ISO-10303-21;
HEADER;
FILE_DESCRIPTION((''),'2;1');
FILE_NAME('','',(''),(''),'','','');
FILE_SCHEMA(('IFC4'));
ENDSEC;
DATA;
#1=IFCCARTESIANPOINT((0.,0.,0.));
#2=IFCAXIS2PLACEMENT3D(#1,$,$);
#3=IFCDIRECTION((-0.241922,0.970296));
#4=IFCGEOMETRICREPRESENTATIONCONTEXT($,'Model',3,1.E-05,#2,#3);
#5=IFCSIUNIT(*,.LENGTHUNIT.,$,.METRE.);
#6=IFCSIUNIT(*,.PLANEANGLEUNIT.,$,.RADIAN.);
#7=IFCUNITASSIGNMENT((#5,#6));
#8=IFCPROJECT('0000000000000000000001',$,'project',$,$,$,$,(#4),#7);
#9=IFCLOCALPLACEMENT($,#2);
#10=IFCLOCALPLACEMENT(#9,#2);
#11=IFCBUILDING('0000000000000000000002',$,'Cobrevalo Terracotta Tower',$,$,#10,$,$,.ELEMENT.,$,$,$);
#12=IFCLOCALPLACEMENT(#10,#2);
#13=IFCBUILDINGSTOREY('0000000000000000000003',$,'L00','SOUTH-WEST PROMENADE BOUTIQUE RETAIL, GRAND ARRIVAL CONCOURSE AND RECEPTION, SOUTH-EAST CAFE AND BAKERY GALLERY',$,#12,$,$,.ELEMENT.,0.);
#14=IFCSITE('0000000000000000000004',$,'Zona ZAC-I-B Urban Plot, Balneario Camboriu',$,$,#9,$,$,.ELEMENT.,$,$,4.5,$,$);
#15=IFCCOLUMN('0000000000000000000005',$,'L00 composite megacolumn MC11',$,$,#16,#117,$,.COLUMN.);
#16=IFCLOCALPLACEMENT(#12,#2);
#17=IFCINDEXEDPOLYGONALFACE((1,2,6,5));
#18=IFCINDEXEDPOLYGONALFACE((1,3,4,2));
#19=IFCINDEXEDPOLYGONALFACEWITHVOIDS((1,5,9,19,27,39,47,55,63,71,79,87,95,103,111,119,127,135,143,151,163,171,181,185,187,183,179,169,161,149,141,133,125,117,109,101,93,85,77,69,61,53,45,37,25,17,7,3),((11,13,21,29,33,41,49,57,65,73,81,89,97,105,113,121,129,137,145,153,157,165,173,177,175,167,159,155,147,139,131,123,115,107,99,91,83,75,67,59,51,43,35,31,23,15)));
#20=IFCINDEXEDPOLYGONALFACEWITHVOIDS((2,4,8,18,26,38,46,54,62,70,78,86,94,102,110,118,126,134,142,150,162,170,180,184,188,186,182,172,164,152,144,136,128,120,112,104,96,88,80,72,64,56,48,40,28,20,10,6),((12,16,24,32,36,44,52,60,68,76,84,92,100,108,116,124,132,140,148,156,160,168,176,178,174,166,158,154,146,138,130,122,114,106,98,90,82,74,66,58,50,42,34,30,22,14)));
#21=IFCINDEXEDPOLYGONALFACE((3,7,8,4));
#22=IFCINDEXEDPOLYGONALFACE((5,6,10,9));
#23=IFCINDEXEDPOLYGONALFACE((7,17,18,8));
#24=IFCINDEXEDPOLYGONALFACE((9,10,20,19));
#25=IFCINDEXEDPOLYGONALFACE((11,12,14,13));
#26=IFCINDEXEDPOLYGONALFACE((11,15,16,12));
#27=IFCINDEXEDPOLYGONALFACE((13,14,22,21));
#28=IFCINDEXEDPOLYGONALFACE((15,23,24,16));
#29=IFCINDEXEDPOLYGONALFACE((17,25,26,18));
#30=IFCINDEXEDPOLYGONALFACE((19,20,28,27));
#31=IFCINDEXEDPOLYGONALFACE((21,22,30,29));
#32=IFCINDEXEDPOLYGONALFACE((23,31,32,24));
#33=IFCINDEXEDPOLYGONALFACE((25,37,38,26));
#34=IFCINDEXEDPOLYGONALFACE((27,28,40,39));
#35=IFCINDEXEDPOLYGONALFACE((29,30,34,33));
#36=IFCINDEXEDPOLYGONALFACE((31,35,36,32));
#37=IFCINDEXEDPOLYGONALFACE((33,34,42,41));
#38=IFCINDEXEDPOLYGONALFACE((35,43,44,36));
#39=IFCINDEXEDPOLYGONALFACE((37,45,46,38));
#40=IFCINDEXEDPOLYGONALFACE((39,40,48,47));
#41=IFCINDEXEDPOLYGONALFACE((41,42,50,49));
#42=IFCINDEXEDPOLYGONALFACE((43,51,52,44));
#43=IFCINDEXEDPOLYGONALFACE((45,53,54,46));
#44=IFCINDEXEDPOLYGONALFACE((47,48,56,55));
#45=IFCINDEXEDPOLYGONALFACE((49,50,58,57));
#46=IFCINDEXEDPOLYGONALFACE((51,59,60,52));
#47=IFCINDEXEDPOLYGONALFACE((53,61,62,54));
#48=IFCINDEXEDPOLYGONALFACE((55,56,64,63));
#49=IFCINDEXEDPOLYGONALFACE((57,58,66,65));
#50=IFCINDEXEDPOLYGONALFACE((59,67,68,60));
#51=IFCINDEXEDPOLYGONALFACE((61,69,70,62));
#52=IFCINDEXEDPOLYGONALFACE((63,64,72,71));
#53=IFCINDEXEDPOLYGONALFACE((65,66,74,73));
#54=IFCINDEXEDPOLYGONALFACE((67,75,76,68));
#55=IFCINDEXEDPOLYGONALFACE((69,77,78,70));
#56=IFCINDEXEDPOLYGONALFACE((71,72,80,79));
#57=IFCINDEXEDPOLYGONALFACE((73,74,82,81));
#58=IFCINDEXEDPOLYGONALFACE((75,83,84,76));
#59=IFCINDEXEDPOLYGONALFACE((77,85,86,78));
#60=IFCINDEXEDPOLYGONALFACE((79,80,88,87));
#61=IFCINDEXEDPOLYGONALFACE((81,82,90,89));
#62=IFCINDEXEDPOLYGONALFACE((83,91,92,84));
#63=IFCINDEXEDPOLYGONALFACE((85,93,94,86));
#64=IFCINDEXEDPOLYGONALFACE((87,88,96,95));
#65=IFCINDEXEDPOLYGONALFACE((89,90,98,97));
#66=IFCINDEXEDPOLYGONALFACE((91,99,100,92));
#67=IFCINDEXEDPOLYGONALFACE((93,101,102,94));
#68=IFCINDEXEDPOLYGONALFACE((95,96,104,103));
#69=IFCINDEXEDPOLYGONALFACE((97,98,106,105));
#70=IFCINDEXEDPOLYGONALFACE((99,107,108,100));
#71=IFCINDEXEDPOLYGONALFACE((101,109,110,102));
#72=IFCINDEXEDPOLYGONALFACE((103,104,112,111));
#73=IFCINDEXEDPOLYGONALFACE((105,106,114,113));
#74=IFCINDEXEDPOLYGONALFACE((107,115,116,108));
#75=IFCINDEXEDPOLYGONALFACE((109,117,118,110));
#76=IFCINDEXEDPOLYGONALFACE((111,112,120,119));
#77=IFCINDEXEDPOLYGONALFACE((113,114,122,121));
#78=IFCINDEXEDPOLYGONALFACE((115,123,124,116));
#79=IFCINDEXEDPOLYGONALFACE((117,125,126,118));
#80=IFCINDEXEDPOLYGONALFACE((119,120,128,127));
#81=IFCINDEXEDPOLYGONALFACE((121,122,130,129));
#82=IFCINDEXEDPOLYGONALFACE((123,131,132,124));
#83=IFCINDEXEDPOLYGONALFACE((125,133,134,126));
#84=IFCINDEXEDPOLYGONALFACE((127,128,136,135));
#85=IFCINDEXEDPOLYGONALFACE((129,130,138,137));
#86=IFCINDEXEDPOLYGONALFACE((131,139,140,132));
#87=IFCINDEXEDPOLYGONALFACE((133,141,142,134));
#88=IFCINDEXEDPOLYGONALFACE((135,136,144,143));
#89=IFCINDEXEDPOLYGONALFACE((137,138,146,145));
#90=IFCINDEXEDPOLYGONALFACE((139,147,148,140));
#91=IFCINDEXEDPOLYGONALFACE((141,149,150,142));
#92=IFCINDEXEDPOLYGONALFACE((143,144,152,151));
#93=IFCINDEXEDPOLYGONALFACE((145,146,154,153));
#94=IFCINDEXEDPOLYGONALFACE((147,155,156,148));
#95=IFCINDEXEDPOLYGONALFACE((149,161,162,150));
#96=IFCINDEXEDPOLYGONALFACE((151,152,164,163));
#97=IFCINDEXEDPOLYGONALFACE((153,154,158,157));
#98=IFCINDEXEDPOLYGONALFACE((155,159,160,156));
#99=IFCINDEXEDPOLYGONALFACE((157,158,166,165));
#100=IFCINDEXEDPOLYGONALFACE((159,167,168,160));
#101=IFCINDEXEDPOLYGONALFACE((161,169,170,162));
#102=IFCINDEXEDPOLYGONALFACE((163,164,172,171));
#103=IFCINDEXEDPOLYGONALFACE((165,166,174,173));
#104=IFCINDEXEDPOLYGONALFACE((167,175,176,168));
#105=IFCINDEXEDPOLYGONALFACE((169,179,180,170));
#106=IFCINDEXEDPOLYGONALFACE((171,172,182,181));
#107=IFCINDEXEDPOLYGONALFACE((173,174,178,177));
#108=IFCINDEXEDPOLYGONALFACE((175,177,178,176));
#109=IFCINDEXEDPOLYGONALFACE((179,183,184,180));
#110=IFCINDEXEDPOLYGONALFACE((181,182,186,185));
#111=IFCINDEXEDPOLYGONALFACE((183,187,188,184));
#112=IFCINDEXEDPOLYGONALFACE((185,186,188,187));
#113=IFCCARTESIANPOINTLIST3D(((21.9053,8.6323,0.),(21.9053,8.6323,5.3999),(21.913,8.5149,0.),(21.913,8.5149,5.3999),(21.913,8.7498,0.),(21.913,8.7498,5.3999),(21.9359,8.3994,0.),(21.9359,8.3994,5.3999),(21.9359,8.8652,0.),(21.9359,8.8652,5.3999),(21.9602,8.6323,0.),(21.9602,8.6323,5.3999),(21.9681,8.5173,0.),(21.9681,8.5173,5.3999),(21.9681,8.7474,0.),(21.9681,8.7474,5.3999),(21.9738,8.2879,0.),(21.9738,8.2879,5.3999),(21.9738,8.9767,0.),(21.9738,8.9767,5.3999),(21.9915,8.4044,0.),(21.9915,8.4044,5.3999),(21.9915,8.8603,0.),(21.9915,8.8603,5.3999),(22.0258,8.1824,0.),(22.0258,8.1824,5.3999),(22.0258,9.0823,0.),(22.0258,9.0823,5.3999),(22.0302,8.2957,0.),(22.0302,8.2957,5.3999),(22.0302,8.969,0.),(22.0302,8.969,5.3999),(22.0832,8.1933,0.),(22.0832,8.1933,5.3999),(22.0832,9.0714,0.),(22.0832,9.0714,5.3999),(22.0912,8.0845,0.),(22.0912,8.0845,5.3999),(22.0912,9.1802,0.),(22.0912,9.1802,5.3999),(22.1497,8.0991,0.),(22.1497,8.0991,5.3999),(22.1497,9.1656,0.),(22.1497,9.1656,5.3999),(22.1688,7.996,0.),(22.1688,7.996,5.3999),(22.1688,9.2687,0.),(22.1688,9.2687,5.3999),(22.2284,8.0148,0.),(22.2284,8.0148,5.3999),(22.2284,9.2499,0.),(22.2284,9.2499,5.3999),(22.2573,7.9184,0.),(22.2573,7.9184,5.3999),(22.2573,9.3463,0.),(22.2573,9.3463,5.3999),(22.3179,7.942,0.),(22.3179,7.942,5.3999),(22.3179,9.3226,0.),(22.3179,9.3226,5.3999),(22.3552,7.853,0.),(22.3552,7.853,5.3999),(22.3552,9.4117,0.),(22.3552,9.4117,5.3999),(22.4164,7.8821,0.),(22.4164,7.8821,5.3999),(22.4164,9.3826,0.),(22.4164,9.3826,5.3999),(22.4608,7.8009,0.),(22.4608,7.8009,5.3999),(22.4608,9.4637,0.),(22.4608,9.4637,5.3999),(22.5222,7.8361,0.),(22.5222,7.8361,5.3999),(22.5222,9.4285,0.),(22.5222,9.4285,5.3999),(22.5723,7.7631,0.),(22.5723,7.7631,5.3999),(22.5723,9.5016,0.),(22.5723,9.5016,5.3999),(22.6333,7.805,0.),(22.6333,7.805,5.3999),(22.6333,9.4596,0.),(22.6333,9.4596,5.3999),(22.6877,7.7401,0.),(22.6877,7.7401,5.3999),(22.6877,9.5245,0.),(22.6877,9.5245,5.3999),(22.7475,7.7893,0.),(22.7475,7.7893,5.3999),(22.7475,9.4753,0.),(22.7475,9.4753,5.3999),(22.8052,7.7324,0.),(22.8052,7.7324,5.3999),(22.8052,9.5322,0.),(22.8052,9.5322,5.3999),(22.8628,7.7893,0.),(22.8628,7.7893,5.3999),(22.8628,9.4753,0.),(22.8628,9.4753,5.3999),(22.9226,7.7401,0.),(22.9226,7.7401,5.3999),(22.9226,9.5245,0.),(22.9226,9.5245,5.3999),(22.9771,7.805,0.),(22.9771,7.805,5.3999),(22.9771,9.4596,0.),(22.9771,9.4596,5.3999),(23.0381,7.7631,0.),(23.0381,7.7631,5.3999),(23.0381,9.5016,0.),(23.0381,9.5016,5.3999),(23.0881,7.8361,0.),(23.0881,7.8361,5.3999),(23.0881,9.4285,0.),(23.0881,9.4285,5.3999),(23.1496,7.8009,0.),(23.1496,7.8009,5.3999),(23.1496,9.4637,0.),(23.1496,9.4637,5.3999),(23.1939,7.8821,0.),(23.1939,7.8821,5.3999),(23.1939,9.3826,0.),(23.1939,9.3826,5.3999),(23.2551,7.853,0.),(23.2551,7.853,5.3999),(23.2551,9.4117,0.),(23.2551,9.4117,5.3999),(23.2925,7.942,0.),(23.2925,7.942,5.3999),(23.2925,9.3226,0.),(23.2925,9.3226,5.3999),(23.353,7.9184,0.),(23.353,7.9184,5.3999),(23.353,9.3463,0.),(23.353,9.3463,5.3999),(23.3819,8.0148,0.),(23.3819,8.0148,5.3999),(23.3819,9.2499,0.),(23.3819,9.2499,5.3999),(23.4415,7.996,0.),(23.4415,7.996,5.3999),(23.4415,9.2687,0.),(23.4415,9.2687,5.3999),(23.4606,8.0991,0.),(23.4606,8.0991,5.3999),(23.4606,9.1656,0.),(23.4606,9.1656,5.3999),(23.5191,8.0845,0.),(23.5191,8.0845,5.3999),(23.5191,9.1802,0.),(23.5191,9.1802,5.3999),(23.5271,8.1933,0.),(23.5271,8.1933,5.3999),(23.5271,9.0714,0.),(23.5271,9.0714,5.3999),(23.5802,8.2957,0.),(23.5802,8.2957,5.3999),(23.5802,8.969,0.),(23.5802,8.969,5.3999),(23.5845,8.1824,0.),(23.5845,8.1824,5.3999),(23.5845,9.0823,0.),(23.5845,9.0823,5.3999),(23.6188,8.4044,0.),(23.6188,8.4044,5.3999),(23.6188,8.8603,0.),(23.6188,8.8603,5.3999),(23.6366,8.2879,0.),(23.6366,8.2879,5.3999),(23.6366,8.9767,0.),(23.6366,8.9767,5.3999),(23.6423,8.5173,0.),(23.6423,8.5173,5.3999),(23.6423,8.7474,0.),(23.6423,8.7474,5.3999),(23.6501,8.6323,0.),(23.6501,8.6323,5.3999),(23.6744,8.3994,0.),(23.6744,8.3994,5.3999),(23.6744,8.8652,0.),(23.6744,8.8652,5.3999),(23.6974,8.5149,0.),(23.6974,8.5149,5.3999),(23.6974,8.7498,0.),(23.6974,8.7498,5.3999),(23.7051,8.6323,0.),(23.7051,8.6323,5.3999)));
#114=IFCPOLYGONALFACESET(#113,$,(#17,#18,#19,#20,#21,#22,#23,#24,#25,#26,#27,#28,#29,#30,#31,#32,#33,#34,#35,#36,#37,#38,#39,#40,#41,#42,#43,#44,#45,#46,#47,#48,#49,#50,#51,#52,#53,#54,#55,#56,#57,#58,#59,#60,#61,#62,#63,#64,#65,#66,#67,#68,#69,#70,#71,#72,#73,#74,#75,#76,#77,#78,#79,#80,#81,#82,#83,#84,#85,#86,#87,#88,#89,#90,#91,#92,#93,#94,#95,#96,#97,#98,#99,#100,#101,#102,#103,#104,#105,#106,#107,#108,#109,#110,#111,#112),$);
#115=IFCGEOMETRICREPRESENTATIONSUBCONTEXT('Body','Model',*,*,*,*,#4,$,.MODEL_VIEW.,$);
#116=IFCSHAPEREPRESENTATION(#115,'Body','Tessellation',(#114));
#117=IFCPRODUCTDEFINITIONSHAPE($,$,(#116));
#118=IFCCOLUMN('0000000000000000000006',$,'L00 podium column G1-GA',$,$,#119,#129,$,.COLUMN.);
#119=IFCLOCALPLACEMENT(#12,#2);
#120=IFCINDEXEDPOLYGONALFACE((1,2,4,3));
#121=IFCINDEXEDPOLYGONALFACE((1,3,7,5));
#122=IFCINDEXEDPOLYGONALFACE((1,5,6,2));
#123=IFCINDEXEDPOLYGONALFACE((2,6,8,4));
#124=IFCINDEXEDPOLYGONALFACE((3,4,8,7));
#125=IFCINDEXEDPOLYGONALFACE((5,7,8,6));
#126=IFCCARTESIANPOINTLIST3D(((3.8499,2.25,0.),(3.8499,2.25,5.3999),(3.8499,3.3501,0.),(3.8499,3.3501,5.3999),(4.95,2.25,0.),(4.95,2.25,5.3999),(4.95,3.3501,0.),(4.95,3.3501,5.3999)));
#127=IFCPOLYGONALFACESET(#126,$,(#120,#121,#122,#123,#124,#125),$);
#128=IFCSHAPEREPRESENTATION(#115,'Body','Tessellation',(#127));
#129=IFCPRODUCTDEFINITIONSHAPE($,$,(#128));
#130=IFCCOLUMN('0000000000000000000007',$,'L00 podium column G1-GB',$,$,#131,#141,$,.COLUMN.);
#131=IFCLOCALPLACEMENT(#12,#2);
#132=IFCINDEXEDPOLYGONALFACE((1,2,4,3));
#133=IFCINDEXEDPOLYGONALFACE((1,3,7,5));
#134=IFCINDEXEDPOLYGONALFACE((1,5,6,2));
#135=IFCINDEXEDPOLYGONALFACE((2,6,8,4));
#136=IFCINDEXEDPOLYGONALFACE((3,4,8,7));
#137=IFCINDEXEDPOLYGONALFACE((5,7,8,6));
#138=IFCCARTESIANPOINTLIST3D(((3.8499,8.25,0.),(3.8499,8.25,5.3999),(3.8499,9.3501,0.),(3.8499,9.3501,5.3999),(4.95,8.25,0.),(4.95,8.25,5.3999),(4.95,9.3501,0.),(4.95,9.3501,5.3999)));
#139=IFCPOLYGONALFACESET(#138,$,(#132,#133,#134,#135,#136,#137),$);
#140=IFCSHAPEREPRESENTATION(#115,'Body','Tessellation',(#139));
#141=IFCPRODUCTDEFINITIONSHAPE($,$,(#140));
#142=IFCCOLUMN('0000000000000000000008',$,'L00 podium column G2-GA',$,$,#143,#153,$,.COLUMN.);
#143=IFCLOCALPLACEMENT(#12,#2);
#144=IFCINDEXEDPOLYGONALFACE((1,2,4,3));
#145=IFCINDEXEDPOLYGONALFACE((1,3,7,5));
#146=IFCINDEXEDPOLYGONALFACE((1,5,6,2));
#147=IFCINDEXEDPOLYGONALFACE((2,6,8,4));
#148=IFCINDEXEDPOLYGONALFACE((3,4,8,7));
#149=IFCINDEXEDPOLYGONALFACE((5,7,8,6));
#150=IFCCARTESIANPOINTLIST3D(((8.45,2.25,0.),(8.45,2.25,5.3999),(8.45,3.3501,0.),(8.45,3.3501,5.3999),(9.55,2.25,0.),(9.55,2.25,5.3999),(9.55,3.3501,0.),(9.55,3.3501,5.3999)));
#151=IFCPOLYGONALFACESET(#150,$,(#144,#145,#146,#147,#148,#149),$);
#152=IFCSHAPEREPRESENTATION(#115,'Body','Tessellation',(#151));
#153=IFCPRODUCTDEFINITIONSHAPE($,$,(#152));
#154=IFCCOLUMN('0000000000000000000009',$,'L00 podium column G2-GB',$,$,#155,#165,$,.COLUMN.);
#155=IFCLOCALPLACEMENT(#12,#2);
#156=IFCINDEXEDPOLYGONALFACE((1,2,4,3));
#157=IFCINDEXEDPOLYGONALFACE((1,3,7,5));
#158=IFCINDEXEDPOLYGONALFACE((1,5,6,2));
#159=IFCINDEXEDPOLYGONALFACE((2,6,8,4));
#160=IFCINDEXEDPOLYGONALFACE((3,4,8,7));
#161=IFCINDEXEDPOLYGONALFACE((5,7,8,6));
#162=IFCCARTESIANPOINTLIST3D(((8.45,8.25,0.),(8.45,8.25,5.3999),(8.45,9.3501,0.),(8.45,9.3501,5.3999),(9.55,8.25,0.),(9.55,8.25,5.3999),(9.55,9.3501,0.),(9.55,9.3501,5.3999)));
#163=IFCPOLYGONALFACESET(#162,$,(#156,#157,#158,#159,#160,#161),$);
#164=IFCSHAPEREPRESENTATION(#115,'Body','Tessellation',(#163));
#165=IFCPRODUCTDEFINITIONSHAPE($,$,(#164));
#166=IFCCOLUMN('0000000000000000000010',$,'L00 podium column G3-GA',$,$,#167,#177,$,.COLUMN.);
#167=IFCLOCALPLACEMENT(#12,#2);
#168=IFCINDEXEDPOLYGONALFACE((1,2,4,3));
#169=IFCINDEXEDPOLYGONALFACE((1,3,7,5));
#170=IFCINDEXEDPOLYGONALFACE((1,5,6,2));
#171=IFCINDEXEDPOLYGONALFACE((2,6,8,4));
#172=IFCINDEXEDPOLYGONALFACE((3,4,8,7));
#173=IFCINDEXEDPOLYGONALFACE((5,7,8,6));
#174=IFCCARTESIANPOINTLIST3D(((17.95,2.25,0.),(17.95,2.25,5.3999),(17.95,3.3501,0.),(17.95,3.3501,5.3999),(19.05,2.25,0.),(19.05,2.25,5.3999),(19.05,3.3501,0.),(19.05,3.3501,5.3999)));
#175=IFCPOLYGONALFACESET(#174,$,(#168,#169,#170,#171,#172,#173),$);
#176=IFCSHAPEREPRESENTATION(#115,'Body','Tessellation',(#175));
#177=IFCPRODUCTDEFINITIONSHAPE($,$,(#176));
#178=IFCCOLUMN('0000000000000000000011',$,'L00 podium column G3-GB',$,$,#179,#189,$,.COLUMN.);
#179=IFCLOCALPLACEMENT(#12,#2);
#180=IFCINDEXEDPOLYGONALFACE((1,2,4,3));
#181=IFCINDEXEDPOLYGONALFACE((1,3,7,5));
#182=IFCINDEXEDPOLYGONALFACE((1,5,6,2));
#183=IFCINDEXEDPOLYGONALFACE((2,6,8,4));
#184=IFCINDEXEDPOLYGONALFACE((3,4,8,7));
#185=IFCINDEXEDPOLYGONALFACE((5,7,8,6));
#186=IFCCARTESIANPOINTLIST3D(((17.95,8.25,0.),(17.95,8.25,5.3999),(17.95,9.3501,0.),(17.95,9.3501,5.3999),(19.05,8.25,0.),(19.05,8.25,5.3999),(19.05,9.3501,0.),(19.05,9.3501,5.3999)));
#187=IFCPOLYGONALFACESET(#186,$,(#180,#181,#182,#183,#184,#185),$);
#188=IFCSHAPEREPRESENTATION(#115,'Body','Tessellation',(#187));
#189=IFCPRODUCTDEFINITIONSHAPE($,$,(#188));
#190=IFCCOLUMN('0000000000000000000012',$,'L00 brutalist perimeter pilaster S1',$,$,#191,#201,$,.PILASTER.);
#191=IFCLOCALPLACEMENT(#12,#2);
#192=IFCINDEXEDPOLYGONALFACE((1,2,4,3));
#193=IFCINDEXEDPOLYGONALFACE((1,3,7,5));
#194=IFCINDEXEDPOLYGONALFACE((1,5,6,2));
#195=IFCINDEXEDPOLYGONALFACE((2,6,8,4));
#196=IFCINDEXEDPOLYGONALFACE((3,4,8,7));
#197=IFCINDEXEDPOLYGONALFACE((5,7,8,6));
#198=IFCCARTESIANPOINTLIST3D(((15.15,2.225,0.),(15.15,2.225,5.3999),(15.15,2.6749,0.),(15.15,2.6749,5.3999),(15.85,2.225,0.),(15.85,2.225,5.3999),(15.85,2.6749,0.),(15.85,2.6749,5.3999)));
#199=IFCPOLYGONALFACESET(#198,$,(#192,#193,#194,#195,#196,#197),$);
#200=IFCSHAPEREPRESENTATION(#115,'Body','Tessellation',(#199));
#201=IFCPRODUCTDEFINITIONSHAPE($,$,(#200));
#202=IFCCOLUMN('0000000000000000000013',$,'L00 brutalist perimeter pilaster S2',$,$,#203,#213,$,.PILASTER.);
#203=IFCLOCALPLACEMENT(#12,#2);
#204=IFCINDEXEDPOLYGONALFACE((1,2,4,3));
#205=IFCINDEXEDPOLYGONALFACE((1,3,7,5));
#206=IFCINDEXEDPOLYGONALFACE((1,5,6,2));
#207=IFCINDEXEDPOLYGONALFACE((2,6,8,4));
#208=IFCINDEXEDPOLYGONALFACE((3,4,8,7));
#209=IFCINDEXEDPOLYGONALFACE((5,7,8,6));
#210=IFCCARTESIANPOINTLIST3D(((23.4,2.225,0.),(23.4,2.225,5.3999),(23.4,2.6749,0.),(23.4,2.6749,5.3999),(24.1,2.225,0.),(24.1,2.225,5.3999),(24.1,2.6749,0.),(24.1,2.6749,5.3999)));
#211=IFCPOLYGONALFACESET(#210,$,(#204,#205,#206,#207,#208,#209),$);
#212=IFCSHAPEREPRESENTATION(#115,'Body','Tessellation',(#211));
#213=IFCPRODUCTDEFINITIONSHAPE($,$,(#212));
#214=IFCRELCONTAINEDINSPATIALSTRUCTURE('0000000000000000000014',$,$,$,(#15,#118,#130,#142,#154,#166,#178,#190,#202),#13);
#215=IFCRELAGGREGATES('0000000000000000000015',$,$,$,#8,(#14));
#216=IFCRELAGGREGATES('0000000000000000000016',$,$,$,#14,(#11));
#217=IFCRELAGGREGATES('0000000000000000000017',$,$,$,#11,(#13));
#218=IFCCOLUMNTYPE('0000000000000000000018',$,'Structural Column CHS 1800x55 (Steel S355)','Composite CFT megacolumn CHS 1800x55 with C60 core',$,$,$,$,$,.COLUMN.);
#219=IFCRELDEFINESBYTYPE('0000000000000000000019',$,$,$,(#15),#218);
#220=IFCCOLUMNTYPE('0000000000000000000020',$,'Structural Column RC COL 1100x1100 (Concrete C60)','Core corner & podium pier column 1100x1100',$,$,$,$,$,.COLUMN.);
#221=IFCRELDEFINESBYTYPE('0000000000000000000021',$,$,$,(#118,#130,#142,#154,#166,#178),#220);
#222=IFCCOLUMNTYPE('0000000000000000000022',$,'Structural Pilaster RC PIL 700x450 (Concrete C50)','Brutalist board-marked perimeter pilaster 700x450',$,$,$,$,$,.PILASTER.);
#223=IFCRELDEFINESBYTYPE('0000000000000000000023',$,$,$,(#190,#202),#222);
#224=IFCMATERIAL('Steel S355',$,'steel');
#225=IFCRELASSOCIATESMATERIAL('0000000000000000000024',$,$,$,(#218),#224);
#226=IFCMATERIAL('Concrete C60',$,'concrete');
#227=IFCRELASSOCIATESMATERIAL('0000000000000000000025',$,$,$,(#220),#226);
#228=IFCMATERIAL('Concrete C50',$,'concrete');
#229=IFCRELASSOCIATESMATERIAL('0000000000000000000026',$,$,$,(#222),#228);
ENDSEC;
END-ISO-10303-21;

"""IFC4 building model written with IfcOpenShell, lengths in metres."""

from ifc_helpers import new_model, si_unit, direction, frame, origin, origin_2d, place, context, subcontext, project, spatial, rectangle, hollow_circle, extrude, material, material_profile, profile_set, type_object, element, save


model = new_model("IFC4")

# Units and contexts
model_context = context("Model", 3, precision=1e-05, world=origin(), true_north=direction((-0.241922, 0.970296)))
body_context = subcontext(model_context, "Body", "Model", "MODEL_VIEW")
ifc_project = project(units=[si_unit("LENGTHUNIT", "METRE"), si_unit("PLANEANGLEUNIT", "RADIAN")], contexts=[model_context])

# Site, building, storey
site_placement = place(None, origin())
site = spatial("IfcSite", under=ifc_project, at=site_placement, Name="Zona ZAC-I-B Urban Plot, Balneario Camboriu", CompositionType="ELEMENT", RefElevation=4.5)
building_placement = place(site_placement, origin())
building = spatial("IfcBuilding", under=site, at=building_placement, Name="Cobrevalo Terracotta Tower", CompositionType="ELEMENT")
storey_placement = place(building_placement, origin())
storey = spatial("IfcBuildingStorey", under=building, at=storey_placement, Name="L00", Description="SOUTH-WEST PROMENADE BOUTIQUE RETAIL, GRAND ARRIVAL CONCOURSE AND RECEPTION, SOUTH-EAST CAFE AND BAKERY GALLERY", CompositionType="ELEMENT", Elevation=0.0)

# Columns
ifc_material_1 = material(Name="Steel S355", Category="steel")
ifc_material_profile_1 = material_profile(ifc_material_1, hollow_circle(Radius=0.8999, WallThickness=0.0549, at=origin_2d()), Name="CHS 1800x55")
ifc_profile_set_1 = profile_set([ifc_material_profile_1], Name="Steel S355")
column_type_1 = type_object("IfcColumnType", Name="Structural Column CHS 1800x55 (Steel S355)", Description="Composite CFT megacolumn CHS 1800x55 with C60 core", PredefinedType="COLUMN", material=ifc_profile_set_1)
column_placement = place(storey_placement, frame((22.8052, 8.6323, 0.0), z_axis=(0.0, 0.0, 1.0), x_axis=(1.0, 0.0, 0.0)))
element("IfcColumn", 1, at=column_placement, inside=storey, type_object=column_type_1, Name="L00 composite megacolumn MC11", PredefinedType="COLUMN", context=body_context, shape_type="SweptSolid", body=[
    extrude(hollow_circle(Radius=0.8999, WallThickness=0.0549, at=origin_2d()), origin(), (0.0, 0.0, 1.0), 5.3999),
])
ifc_material_2 = material(Name="Concrete C60", Category="concrete")
ifc_material_profile_2 = material_profile(ifc_material_2, rectangle(XDim=1.1001, YDim=1.1001, at=origin_2d()), Name="RC COL 1100x1100")
ifc_profile_set_2 = profile_set([ifc_material_profile_2], Name="Concrete C60")
column_type_2 = type_object("IfcColumnType", Name="Structural Column RC COL 1100x1100 (Concrete C60)", Description="Core corner & podium pier column 1100x1100", PredefinedType="COLUMN", material=ifc_profile_set_2)
for number, where, z_axis, x_axis, name in (
    (2, (4.3999, 2.8, 0.0), (0.0, 0.0, 1.0), (1.0, 0.0, 0.0), "L00 podium column G1-GA"),
    (3, (4.3999, 8.8, 0.0), (0.0, 0.0, 1.0), (1.0, 0.0, 0.0), "L00 podium column G1-GB"),
    (4, (9.0, 2.8, 0.0), (0.0, 0.0, 1.0), (1.0, 0.0, 0.0), "L00 podium column G2-GA"),
    (5, (9.0, 8.8, 0.0), (0.0, 0.0, 1.0), (1.0, 0.0, 0.0), "L00 podium column G2-GB"),
    (6, (18.5, 2.8, 0.0), (0.0, 0.0, 1.0), (1.0, 0.0, 0.0), "L00 podium column G3-GA"),
    (7, (18.5, 8.8, 0.0), (0.0, 0.0, 1.0), (1.0, 0.0, 0.0), "L00 podium column G3-GB"),
):
    element("IfcColumn", number, at=place(storey_placement, frame(where, z_axis=z_axis, x_axis=x_axis)), inside=storey, type_object=column_type_2, Name=name, PredefinedType="COLUMN", context=body_context, shape_type="SweptSolid", body=[
        extrude(rectangle(XDim=1.1001, YDim=1.1001, at=origin_2d()), origin(), (0.0, 0.0, 1.0), 5.3999),
    ])
ifc_material_3 = material(Name="Concrete C50", Category="concrete")
ifc_material_profile_3 = material_profile(ifc_material_3, rectangle(XDim=0.7, YDim=0.45, at=origin_2d()), Name="RC PIL 700x450")
ifc_profile_set_3 = profile_set([ifc_material_profile_3], Name="Concrete C50")
column_type_3 = type_object("IfcColumnType", Name="Structural Pilaster RC PIL 700x450 (Concrete C50)", Description="Brutalist board-marked perimeter pilaster 700x450", PredefinedType="PILASTER", material=ifc_profile_set_3)
for number, where, z_axis, x_axis, name in (
    (8, (15.5, 2.45, 0.0), (0.0, 0.0, 1.0), (1.0, 0.0, 0.0), "L00 brutalist perimeter pilaster S1"),
    (9, (23.75, 2.45, 0.0), (0.0, 0.0, 1.0), (1.0, 0.0, 0.0), "L00 brutalist perimeter pilaster S2"),
):
    element("IfcColumn", number, at=place(storey_placement, frame(where, z_axis=z_axis, x_axis=x_axis)), inside=storey, type_object=column_type_3, Name=name, PredefinedType="PILASTER", context=body_context, shape_type="SweptSolid", body=[
        extrude(rectangle(XDim=0.7, YDim=0.45, at=origin_2d()), origin(), (0.0, 0.0, 1.0), 5.3999),
    ])

save(model, "model.ifc")
